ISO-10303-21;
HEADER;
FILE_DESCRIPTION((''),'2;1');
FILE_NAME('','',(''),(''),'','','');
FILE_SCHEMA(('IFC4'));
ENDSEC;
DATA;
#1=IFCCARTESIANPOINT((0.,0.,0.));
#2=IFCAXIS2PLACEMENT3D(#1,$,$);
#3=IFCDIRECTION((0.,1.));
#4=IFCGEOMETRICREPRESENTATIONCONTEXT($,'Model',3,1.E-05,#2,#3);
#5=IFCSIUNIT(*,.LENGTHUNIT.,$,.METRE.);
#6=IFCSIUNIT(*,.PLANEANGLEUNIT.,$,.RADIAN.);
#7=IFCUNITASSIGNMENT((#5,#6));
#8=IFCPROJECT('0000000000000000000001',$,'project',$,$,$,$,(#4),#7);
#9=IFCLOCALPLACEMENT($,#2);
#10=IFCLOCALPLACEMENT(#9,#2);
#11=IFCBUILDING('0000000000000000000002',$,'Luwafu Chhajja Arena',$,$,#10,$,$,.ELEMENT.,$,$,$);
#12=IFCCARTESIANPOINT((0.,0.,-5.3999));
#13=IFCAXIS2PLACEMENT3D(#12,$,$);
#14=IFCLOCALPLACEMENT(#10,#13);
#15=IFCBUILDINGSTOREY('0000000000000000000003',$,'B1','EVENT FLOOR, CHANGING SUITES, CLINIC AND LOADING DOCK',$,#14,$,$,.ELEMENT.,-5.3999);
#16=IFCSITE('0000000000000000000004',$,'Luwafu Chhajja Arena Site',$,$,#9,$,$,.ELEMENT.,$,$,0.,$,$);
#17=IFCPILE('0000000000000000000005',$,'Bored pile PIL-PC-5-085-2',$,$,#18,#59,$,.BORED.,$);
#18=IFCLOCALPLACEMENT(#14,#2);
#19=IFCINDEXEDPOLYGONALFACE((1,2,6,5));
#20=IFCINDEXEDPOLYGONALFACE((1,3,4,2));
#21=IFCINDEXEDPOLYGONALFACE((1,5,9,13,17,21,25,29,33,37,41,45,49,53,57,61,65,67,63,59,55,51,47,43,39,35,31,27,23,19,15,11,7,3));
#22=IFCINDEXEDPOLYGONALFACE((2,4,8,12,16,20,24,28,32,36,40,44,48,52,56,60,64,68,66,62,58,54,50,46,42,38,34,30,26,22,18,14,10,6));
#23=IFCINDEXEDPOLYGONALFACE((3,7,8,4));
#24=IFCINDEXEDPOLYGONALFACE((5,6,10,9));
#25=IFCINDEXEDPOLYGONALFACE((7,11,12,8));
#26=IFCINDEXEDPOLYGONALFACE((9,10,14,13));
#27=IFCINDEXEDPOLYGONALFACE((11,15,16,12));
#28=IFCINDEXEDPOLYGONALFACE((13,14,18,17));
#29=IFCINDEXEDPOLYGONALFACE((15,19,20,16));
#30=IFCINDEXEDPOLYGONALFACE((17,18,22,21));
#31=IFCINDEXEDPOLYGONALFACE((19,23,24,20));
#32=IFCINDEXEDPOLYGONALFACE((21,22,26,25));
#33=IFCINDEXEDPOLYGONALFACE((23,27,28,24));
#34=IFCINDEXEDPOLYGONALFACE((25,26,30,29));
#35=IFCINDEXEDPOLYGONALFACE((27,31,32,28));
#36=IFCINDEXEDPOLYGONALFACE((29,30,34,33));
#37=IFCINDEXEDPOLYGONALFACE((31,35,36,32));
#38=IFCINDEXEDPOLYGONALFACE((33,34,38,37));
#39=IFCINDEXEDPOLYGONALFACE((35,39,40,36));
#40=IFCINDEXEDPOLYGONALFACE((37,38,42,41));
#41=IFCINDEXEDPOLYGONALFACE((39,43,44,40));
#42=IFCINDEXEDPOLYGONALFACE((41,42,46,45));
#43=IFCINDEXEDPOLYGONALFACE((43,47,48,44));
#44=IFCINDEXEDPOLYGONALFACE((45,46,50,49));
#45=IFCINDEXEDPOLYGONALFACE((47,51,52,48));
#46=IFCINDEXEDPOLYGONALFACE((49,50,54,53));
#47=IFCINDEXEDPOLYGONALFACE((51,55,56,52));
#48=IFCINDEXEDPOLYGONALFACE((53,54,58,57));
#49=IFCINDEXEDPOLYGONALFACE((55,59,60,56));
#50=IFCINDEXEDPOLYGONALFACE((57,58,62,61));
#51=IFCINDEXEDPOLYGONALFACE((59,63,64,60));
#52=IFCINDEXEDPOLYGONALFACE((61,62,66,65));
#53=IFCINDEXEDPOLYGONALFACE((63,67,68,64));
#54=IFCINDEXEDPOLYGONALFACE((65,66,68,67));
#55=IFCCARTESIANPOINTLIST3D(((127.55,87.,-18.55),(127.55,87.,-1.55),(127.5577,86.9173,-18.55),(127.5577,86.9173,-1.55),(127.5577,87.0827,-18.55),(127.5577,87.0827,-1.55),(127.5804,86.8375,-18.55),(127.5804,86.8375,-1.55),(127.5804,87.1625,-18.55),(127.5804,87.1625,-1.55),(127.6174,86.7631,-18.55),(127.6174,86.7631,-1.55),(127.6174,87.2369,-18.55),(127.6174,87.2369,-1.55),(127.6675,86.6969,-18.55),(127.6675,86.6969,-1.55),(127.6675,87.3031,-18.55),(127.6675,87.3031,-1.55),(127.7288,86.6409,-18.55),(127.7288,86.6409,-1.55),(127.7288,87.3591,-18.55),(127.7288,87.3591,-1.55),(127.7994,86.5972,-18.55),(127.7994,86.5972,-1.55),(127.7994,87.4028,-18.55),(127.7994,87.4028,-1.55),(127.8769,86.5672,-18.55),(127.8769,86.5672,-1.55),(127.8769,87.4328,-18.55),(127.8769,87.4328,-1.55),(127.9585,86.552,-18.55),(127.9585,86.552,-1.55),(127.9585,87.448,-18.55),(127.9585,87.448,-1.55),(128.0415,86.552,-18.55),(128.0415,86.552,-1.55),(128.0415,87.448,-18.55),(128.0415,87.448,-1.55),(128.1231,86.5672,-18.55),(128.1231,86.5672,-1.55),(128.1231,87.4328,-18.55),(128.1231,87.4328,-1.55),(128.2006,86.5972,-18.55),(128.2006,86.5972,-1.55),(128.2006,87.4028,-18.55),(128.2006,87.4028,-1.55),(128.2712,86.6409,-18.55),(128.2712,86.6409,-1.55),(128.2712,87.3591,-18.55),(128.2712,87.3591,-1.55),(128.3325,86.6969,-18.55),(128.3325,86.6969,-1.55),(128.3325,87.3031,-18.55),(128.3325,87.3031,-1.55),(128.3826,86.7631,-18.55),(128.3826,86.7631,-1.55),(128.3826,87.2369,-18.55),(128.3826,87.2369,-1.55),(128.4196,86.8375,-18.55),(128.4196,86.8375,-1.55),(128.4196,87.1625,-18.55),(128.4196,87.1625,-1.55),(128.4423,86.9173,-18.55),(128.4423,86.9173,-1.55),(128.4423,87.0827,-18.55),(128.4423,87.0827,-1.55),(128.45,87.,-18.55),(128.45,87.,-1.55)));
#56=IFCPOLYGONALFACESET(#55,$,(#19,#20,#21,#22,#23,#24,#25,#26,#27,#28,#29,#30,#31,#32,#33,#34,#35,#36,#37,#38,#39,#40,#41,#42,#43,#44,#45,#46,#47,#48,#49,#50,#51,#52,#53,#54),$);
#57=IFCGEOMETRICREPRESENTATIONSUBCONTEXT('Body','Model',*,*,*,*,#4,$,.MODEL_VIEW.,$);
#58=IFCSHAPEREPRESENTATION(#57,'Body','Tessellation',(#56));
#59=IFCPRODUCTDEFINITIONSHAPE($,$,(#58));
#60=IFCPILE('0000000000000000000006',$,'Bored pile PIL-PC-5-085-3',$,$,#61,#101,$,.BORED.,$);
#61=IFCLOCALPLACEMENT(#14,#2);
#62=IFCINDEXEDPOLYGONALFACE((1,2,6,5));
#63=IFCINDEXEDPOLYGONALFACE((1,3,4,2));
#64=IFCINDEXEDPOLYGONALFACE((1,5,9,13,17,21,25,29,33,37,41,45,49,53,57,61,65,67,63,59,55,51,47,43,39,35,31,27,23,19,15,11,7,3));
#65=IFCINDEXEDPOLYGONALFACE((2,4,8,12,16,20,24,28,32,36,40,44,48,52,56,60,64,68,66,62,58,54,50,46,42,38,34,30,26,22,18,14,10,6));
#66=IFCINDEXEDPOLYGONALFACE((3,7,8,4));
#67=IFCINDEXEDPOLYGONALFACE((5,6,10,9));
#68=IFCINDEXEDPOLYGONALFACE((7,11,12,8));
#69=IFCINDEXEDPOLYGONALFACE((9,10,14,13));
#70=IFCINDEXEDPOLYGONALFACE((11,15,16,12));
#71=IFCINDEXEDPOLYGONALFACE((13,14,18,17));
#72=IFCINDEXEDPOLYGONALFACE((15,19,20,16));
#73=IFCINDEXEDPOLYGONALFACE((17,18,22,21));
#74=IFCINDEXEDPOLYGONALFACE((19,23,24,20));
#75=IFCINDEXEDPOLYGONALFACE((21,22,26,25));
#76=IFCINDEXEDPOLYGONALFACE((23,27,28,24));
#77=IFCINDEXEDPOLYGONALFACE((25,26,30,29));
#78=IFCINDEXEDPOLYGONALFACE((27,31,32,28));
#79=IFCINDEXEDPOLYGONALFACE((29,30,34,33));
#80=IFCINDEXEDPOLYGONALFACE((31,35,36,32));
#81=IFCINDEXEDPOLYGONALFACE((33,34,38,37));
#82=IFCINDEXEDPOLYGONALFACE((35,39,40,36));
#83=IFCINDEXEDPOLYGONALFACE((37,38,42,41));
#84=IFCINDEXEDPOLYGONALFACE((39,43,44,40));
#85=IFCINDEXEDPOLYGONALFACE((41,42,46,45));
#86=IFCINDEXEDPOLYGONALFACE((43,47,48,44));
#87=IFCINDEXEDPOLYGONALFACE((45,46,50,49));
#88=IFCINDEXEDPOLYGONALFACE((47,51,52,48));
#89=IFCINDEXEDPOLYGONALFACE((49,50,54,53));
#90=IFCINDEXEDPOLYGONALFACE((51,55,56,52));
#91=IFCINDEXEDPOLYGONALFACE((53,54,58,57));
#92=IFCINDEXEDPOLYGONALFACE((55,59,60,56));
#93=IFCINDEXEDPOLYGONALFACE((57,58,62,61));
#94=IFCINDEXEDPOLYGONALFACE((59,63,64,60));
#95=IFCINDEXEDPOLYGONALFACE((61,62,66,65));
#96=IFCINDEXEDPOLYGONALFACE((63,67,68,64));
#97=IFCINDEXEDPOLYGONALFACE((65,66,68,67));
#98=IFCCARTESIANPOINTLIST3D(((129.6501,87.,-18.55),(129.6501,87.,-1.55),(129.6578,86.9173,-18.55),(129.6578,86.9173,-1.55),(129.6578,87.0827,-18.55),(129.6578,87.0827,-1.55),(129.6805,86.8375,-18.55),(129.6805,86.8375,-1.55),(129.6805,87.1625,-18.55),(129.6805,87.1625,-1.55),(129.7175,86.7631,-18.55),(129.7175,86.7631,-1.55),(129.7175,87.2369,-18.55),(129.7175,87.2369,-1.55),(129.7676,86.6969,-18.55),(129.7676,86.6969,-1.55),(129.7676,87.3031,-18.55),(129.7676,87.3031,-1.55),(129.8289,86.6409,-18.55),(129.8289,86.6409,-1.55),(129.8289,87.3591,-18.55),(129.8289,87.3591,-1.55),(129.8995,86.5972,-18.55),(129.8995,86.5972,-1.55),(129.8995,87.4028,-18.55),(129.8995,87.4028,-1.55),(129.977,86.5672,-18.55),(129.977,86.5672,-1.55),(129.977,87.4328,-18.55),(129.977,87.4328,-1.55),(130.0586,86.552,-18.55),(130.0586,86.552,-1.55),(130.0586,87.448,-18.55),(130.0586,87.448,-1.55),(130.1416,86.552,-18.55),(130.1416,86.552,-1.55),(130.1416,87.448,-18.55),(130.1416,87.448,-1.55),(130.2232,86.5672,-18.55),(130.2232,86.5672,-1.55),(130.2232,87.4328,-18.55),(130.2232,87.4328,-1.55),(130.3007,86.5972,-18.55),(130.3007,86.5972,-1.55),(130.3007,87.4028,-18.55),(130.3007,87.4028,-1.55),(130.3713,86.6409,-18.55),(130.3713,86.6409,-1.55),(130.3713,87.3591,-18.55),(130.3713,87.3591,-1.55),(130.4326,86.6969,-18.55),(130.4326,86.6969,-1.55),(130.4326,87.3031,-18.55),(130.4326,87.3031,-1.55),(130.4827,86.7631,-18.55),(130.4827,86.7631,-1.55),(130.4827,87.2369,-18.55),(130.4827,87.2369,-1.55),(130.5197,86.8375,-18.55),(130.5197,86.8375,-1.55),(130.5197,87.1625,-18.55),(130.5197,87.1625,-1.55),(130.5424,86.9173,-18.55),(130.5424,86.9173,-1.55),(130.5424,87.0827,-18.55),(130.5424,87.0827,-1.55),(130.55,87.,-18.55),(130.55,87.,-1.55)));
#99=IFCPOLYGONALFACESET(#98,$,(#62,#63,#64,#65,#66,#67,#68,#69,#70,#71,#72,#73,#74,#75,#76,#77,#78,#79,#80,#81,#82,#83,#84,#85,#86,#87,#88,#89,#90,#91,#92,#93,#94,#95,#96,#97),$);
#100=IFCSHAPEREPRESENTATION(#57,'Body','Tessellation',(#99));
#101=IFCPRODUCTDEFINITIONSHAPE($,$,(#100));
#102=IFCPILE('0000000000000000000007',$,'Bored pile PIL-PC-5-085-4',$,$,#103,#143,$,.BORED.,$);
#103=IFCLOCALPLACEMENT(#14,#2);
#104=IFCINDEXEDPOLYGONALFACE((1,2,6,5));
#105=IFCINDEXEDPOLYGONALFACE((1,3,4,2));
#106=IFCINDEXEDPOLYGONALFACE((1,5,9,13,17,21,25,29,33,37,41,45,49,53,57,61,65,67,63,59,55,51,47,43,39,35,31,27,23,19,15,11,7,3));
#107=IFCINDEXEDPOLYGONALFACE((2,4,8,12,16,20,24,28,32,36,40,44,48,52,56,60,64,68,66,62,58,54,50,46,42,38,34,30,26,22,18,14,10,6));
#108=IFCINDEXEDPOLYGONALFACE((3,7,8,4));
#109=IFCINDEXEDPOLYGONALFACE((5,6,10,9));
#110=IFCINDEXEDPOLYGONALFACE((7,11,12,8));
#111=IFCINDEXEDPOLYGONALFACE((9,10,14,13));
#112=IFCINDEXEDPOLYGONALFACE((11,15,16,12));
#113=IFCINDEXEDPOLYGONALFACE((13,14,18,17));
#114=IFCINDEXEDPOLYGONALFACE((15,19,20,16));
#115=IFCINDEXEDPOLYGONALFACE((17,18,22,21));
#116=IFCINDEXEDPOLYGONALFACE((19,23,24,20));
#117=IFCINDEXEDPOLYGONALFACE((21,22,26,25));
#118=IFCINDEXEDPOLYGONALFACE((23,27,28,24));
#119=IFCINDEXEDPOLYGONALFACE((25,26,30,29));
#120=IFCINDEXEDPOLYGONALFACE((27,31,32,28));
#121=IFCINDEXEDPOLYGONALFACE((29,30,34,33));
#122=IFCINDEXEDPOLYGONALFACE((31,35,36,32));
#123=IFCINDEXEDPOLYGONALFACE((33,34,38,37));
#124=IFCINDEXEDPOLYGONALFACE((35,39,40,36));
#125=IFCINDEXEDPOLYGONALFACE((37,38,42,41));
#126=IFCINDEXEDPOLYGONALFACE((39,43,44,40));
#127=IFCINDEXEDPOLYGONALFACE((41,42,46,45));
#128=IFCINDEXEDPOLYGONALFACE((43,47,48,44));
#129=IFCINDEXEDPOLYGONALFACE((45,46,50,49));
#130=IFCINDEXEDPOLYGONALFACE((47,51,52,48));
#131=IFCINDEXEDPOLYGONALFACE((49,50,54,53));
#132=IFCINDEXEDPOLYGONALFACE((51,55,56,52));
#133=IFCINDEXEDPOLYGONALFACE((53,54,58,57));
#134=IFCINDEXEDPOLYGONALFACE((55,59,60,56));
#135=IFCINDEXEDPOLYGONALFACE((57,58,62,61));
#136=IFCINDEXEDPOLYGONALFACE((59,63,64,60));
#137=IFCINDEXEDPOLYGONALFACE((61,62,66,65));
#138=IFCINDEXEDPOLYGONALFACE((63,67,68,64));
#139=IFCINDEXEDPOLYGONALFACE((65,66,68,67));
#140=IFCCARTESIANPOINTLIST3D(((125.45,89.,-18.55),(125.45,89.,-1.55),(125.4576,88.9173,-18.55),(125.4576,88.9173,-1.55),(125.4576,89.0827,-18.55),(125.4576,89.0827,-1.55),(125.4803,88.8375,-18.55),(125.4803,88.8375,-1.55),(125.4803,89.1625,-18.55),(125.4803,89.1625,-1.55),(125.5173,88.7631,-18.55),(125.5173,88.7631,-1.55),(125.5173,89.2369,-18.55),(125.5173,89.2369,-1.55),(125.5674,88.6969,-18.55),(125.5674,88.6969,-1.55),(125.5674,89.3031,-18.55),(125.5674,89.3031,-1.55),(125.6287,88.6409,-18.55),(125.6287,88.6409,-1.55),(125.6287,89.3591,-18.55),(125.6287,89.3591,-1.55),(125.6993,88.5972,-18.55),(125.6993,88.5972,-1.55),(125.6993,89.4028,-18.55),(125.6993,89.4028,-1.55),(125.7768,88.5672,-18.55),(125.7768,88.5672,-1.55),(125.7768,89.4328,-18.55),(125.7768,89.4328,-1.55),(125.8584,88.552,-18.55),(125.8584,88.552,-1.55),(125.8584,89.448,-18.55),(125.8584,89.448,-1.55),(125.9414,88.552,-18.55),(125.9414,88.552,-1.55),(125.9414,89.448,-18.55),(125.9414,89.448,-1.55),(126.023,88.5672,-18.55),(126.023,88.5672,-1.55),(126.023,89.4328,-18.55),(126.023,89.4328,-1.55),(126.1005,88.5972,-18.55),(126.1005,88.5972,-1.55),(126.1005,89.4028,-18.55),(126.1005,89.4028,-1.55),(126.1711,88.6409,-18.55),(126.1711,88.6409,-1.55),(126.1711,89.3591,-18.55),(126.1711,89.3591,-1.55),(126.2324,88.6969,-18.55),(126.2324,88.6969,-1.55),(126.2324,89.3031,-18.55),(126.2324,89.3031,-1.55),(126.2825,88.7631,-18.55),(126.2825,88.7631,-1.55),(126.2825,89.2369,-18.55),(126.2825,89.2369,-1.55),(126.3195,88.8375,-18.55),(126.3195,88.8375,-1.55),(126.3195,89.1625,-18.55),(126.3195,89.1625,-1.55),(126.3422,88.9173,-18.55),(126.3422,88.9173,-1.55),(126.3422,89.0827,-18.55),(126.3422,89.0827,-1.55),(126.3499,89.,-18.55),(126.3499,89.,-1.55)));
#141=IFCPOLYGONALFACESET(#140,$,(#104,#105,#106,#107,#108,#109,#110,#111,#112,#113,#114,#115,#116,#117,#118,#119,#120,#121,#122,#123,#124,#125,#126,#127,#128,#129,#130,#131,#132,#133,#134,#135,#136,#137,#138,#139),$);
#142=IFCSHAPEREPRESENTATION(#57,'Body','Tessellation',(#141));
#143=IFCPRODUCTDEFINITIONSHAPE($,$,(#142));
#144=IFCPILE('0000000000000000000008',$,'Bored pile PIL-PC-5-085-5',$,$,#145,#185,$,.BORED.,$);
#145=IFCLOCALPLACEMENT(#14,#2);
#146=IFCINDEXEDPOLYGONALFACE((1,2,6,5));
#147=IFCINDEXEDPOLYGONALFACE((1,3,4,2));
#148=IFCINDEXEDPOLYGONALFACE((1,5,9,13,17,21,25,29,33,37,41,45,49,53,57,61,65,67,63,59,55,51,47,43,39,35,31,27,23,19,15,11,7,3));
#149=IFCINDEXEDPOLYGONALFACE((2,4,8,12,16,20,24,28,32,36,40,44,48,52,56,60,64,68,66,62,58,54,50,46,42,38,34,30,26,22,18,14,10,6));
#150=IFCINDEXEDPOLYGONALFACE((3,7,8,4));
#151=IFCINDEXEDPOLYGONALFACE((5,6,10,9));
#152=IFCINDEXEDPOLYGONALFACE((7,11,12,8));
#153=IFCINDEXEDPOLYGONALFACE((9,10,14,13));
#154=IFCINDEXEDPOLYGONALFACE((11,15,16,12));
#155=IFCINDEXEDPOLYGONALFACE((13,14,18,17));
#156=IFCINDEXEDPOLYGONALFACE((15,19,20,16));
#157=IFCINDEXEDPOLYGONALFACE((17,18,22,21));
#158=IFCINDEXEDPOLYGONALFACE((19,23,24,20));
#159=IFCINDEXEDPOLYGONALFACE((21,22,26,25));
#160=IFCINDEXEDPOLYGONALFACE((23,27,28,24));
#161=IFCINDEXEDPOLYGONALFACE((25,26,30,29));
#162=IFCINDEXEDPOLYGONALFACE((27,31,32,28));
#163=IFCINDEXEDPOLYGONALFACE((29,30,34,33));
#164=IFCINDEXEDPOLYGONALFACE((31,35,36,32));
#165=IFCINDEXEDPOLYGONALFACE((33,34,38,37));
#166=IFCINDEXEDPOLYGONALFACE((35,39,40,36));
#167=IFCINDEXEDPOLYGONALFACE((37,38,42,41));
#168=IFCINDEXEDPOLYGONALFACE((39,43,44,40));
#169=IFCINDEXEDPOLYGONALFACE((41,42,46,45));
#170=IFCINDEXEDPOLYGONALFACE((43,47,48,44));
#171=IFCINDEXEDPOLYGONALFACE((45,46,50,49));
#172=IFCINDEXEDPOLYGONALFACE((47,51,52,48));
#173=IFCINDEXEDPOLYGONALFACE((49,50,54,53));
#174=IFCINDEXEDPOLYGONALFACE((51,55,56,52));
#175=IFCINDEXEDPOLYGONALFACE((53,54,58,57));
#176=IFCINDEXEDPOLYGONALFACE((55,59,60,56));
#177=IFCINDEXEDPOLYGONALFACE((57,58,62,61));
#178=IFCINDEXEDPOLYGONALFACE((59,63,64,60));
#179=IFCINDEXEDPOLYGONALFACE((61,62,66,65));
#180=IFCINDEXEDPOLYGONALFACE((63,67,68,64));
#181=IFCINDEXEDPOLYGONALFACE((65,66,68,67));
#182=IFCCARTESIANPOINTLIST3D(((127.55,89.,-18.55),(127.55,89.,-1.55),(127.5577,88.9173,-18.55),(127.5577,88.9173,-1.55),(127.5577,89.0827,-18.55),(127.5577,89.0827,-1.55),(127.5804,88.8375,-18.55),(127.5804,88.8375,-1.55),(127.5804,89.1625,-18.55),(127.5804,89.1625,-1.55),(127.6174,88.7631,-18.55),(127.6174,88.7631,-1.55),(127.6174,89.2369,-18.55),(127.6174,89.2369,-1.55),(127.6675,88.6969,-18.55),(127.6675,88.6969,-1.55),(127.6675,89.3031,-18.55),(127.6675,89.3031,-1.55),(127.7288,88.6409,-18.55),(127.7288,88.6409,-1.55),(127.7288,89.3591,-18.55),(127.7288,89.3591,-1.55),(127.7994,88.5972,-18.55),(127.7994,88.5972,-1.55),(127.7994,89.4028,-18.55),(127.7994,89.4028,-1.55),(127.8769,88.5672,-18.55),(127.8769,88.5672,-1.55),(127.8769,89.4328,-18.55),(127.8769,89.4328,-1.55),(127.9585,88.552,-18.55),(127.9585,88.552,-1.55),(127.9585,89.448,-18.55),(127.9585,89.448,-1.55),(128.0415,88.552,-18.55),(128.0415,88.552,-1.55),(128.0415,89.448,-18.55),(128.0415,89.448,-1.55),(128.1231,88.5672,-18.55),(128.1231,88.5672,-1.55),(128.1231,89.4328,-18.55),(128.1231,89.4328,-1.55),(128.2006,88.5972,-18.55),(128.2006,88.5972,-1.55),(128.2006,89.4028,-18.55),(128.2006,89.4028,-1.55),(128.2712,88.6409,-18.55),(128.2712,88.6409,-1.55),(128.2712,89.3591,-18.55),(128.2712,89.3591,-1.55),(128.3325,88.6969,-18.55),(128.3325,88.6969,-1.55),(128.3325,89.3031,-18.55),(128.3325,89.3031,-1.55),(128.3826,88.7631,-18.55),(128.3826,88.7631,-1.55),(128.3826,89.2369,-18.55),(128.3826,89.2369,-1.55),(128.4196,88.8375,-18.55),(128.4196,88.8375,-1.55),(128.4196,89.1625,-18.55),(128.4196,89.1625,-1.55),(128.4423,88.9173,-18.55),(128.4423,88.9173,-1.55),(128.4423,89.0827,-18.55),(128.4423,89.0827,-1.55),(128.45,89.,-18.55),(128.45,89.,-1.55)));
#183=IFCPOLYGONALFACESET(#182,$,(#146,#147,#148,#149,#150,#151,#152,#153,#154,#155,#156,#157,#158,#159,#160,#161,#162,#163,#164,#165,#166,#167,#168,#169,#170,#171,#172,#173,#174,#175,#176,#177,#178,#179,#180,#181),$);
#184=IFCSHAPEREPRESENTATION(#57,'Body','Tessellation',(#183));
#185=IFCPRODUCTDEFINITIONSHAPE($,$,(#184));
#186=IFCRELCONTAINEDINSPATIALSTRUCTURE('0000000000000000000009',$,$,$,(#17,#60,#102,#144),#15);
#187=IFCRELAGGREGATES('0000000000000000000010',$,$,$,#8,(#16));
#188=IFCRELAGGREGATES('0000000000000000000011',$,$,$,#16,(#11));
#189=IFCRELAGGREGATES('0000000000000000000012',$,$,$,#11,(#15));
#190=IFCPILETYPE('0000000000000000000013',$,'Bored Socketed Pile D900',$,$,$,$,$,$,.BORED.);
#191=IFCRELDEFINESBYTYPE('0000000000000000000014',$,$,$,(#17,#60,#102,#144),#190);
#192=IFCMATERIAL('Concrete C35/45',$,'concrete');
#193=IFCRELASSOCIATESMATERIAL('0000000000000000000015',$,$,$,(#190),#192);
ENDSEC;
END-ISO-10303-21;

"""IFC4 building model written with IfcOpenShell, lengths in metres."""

from ifc_helpers import new_model, si_unit, direction, frame, origin, origin_2d, place, context, subcontext, project, spatial, circle, extrude, material, material_profile, profile_set, type_object, element, save


model = new_model("IFC4")

# Units and contexts
model_context = context("Model", 3, precision=1e-05, world=origin(), true_north=direction((0.0, 1.0)))
body_context = subcontext(model_context, "Body", "Model", "MODEL_VIEW")
ifc_project = project(units=[si_unit("LENGTHUNIT", "METRE"), si_unit("PLANEANGLEUNIT", "RADIAN")], contexts=[model_context])

# Site, building, storey
site_placement = place(None, origin())
site = spatial("IfcSite", under=ifc_project, at=site_placement, Name="Luwafu Chhajja Arena Site", CompositionType="ELEMENT", RefElevation=0.0)
building_placement = place(site_placement, origin())
building = spatial("IfcBuilding", under=site, at=building_placement, Name="Luwafu Chhajja Arena", CompositionType="ELEMENT")
storey_placement = place(building_placement, frame((0.0, 0.0, -5.3999)))
storey = spatial("IfcBuildingStorey", under=building, at=storey_placement, Name="B1", Description="EVENT FLOOR, CHANGING SUITES, CLINIC AND LOADING DOCK", CompositionType="ELEMENT", Elevation=-5.3999)

# Piles
ifc_material_1 = material(Name="Concrete C35/45", Category="concrete")
ifc_material_profile_1 = material_profile(ifc_material_1, circle(Radius=0.45, at=origin_2d()), Name="PILE D900")
ifc_profile_set_1 = profile_set([ifc_material_profile_1], Name="Concrete C35/45")
pile_type_1 = type_object("IfcPileType", Name="Bored Socketed Pile D900", PredefinedType="BORED", material=ifc_profile_set_1)
for number, where, z_axis, x_axis, name in (
    (1, (128.0, 87.0, -1.55), (0.0, 0.0, -1.0), (1.0, 0.0, 0.0), "Bored pile PIL-PC-5-085-2"),
    (2, (130.1001, 87.0, -1.55), (0.0, 0.0, -1.0), (1.0, 0.0, 0.0), "Bored pile PIL-PC-5-085-3"),
    (3, (125.8999, 89.0, -1.55), (0.0, 0.0, -1.0), (1.0, 0.0, 0.0), "Bored pile PIL-PC-5-085-4"),
    (4, (128.0, 89.0, -1.55), (0.0, 0.0, -1.0), (1.0, 0.0, 0.0), "Bored pile PIL-PC-5-085-5"),
):
    element("IfcPile", number, at=place(storey_placement, frame(where, z_axis=z_axis, x_axis=x_axis)), inside=storey, type_object=pile_type_1, Name=name, PredefinedType="BORED", context=body_context, shape_type="SweptSolid", body=[
        extrude(circle(Radius=0.45, at=origin_2d()), origin(), (0.0, 0.0, 1.0), 17.0),
    ])

save(model, "model.ifc")
